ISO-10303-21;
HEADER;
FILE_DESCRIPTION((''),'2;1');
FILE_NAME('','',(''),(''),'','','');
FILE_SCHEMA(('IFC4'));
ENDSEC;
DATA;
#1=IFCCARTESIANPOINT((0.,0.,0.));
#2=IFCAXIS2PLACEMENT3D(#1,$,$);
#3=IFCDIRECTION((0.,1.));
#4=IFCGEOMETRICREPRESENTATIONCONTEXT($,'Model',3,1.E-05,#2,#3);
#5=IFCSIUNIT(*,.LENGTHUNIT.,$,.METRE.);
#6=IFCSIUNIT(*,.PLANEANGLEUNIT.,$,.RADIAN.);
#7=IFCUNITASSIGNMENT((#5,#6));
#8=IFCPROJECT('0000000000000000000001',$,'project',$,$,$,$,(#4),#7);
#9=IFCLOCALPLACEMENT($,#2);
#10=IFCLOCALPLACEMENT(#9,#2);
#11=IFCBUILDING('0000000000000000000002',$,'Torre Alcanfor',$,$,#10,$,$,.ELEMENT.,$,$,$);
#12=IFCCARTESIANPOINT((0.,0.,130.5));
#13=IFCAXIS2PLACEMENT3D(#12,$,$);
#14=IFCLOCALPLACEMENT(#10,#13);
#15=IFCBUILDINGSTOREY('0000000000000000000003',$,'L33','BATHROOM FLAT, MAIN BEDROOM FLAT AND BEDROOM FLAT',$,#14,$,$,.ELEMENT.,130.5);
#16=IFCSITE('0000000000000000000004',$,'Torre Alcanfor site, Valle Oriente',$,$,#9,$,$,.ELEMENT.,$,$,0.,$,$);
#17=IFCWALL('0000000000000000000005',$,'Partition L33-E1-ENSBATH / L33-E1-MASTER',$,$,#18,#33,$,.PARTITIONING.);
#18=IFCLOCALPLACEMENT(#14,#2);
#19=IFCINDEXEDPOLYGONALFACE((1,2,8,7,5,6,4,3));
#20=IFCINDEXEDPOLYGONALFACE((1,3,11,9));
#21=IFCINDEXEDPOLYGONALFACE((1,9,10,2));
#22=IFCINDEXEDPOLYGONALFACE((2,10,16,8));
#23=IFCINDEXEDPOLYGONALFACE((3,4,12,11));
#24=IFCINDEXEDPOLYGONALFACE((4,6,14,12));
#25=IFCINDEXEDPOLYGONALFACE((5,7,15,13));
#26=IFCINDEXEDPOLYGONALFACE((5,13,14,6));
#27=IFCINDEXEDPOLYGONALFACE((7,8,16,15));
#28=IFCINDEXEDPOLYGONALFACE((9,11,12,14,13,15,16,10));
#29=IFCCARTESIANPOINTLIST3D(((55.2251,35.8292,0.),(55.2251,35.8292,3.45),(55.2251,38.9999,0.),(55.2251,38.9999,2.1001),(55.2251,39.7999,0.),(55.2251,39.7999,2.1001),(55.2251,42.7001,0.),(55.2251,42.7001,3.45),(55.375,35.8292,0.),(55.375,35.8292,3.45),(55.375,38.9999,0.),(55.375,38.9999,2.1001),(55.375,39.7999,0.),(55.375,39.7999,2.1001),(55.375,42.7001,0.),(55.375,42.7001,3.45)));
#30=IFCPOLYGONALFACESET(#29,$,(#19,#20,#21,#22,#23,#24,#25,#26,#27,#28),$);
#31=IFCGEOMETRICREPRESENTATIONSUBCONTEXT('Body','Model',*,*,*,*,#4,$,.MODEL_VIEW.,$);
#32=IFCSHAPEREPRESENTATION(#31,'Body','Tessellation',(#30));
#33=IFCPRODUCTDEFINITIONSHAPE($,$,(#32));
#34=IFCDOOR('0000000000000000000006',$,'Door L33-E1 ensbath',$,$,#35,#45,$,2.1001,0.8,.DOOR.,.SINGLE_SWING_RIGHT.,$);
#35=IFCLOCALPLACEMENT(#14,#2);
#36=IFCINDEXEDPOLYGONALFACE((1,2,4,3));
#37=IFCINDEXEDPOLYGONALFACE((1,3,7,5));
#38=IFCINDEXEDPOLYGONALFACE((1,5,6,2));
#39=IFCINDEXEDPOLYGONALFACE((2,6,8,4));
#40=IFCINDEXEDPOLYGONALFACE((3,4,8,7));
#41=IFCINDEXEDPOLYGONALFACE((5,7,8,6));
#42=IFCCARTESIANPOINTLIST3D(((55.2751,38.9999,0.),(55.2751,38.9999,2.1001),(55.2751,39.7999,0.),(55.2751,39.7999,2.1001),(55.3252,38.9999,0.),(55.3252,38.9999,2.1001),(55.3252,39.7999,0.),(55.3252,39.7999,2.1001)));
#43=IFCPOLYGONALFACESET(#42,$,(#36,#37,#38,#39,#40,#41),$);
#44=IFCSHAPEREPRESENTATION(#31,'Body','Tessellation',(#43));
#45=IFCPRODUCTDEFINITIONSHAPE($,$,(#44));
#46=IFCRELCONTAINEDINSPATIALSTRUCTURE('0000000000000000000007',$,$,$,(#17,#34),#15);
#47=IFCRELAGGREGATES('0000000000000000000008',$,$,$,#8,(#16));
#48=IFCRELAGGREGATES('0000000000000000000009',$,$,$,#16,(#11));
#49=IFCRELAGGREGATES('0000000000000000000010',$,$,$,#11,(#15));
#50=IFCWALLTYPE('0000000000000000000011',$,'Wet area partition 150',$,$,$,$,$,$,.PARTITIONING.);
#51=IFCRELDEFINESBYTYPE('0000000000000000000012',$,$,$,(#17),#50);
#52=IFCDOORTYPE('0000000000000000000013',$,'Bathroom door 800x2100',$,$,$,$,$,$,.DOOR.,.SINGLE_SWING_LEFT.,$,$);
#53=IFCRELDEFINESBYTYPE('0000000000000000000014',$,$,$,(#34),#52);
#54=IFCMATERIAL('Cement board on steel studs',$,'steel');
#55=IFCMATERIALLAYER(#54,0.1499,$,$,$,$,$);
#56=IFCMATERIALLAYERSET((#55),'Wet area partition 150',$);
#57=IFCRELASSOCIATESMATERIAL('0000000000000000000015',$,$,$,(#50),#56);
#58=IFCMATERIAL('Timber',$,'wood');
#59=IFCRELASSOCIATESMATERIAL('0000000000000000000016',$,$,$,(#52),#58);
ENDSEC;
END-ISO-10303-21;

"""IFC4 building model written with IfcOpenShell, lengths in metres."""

from ifc_helpers import new_model, si_unit, direction, frame, frame_2d, origin, place, context, subcontext, project, spatial, rectangle, extrude, material, layer, layer_set, type_object, element, fill, save


model = new_model("IFC4")

# Units and contexts
model_context = context("Model", 3, precision=1e-05, world=origin(), true_north=direction((0.0, 1.0)))
body_context = subcontext(model_context, "Body", "Model", "MODEL_VIEW")
ifc_project = project(units=[si_unit("LENGTHUNIT", "METRE"), si_unit("PLANEANGLEUNIT", "RADIAN")], contexts=[model_context])

# Site, building, storey
site_placement = place(None, origin())
site = spatial("IfcSite", under=ifc_project, at=site_placement, Name="Torre Alcanfor site, Valle Oriente", CompositionType="ELEMENT", RefElevation=0.0)
building_placement = place(site_placement, origin())
building = spatial("IfcBuilding", under=site, at=building_placement, Name="Torre Alcanfor", CompositionType="ELEMENT")
storey_placement = place(building_placement, frame((0.0, 0.0, 130.5)))
storey = spatial("IfcBuildingStorey", under=building, at=storey_placement, Name="L33", Description="BATHROOM FLAT, MAIN BEDROOM FLAT AND BEDROOM FLAT", CompositionType="ELEMENT", Elevation=130.5)

# Shared definitions
ifc_material_1 = material(Name="Cement board on steel studs", Category="steel")
ifc_layer_1 = layer(ifc_material_1, 0.1499)
ifc_layer_set_1 = layer_set([ifc_layer_1], Name="Wet area partition 150")
wall_type_1 = type_object("IfcWallType", Name="Wet area partition 150", PredefinedType="PARTITIONING", material=ifc_layer_set_1)

# Wall, opening, door
wall_1_placement = place(storey_placement, frame((55.3, 35.8291, 0.0), z_axis=(0.0, 0.0, 1.0), x_axis=(0.0, 1.0, 0.0)))
wall_1 = element("IfcWall", 1, at=wall_1_placement, inside=storey, type_object=wall_type_1, Name="Partition L33-E1-ENSBATH / L33-E1-MASTER", PredefinedType="PARTITIONING", context=body_context, shape_type="SweptSolid", body=[
    extrude(rectangle(XDim=6.8708, YDim=0.1499, at=frame_2d((3.4355, 0.0))), origin(), (0.0, 0.0, 1.0), 3.45),
])
opening_1_placement = place(wall_1_placement, frame((3.1709, 0.0, 0.0)))
opening_1 = element("IfcOpeningElement", 2, at=opening_1_placement, cuts=wall_1, PredefinedType="OPENING", context=body_context, shape_type="SweptSolid", body=[
    extrude(rectangle(XDim=0.8, YDim=2.1001, at=frame_2d((0.3999, 1.05))), frame((0.0, 0.085, 0.0), z_axis=(0.0, -1.0, 0.0), x_axis=(1.0, 0.0, 0.0)), (0.0, 0.0, 1.0), 0.1699),
])
ifc_material_2 = material(Name="Timber", Category="wood")
door_type_1 = type_object("IfcDoorType", Name="Bathroom door 800x2100", OperationType="SINGLE_SWING_LEFT", PredefinedType="DOOR", material=ifc_material_2)
door_1_placement = place(opening_1_placement, origin())
door_1 = element("IfcDoor", 3, at=door_1_placement, inside=storey, type_object=door_type_1, Name="Door L33-E1 ensbath", OperationType="SINGLE_SWING_RIGHT", OverallHeight=2.1001, OverallWidth=0.8, PredefinedType="DOOR", context=body_context, shape_type="SweptSolid", body=[
    extrude(rectangle(XDim=0.8, YDim=2.1001, at=frame_2d((0.3999, 1.05))), frame((0.0, 0.0249, 0.0), z_axis=(0.0, -1.0, 0.0), x_axis=(1.0, 0.0, 0.0)), (0.0, 0.0, 1.0), 0.05),
])
fill(opening_1, door_1)

save(model, "model.ifc")
